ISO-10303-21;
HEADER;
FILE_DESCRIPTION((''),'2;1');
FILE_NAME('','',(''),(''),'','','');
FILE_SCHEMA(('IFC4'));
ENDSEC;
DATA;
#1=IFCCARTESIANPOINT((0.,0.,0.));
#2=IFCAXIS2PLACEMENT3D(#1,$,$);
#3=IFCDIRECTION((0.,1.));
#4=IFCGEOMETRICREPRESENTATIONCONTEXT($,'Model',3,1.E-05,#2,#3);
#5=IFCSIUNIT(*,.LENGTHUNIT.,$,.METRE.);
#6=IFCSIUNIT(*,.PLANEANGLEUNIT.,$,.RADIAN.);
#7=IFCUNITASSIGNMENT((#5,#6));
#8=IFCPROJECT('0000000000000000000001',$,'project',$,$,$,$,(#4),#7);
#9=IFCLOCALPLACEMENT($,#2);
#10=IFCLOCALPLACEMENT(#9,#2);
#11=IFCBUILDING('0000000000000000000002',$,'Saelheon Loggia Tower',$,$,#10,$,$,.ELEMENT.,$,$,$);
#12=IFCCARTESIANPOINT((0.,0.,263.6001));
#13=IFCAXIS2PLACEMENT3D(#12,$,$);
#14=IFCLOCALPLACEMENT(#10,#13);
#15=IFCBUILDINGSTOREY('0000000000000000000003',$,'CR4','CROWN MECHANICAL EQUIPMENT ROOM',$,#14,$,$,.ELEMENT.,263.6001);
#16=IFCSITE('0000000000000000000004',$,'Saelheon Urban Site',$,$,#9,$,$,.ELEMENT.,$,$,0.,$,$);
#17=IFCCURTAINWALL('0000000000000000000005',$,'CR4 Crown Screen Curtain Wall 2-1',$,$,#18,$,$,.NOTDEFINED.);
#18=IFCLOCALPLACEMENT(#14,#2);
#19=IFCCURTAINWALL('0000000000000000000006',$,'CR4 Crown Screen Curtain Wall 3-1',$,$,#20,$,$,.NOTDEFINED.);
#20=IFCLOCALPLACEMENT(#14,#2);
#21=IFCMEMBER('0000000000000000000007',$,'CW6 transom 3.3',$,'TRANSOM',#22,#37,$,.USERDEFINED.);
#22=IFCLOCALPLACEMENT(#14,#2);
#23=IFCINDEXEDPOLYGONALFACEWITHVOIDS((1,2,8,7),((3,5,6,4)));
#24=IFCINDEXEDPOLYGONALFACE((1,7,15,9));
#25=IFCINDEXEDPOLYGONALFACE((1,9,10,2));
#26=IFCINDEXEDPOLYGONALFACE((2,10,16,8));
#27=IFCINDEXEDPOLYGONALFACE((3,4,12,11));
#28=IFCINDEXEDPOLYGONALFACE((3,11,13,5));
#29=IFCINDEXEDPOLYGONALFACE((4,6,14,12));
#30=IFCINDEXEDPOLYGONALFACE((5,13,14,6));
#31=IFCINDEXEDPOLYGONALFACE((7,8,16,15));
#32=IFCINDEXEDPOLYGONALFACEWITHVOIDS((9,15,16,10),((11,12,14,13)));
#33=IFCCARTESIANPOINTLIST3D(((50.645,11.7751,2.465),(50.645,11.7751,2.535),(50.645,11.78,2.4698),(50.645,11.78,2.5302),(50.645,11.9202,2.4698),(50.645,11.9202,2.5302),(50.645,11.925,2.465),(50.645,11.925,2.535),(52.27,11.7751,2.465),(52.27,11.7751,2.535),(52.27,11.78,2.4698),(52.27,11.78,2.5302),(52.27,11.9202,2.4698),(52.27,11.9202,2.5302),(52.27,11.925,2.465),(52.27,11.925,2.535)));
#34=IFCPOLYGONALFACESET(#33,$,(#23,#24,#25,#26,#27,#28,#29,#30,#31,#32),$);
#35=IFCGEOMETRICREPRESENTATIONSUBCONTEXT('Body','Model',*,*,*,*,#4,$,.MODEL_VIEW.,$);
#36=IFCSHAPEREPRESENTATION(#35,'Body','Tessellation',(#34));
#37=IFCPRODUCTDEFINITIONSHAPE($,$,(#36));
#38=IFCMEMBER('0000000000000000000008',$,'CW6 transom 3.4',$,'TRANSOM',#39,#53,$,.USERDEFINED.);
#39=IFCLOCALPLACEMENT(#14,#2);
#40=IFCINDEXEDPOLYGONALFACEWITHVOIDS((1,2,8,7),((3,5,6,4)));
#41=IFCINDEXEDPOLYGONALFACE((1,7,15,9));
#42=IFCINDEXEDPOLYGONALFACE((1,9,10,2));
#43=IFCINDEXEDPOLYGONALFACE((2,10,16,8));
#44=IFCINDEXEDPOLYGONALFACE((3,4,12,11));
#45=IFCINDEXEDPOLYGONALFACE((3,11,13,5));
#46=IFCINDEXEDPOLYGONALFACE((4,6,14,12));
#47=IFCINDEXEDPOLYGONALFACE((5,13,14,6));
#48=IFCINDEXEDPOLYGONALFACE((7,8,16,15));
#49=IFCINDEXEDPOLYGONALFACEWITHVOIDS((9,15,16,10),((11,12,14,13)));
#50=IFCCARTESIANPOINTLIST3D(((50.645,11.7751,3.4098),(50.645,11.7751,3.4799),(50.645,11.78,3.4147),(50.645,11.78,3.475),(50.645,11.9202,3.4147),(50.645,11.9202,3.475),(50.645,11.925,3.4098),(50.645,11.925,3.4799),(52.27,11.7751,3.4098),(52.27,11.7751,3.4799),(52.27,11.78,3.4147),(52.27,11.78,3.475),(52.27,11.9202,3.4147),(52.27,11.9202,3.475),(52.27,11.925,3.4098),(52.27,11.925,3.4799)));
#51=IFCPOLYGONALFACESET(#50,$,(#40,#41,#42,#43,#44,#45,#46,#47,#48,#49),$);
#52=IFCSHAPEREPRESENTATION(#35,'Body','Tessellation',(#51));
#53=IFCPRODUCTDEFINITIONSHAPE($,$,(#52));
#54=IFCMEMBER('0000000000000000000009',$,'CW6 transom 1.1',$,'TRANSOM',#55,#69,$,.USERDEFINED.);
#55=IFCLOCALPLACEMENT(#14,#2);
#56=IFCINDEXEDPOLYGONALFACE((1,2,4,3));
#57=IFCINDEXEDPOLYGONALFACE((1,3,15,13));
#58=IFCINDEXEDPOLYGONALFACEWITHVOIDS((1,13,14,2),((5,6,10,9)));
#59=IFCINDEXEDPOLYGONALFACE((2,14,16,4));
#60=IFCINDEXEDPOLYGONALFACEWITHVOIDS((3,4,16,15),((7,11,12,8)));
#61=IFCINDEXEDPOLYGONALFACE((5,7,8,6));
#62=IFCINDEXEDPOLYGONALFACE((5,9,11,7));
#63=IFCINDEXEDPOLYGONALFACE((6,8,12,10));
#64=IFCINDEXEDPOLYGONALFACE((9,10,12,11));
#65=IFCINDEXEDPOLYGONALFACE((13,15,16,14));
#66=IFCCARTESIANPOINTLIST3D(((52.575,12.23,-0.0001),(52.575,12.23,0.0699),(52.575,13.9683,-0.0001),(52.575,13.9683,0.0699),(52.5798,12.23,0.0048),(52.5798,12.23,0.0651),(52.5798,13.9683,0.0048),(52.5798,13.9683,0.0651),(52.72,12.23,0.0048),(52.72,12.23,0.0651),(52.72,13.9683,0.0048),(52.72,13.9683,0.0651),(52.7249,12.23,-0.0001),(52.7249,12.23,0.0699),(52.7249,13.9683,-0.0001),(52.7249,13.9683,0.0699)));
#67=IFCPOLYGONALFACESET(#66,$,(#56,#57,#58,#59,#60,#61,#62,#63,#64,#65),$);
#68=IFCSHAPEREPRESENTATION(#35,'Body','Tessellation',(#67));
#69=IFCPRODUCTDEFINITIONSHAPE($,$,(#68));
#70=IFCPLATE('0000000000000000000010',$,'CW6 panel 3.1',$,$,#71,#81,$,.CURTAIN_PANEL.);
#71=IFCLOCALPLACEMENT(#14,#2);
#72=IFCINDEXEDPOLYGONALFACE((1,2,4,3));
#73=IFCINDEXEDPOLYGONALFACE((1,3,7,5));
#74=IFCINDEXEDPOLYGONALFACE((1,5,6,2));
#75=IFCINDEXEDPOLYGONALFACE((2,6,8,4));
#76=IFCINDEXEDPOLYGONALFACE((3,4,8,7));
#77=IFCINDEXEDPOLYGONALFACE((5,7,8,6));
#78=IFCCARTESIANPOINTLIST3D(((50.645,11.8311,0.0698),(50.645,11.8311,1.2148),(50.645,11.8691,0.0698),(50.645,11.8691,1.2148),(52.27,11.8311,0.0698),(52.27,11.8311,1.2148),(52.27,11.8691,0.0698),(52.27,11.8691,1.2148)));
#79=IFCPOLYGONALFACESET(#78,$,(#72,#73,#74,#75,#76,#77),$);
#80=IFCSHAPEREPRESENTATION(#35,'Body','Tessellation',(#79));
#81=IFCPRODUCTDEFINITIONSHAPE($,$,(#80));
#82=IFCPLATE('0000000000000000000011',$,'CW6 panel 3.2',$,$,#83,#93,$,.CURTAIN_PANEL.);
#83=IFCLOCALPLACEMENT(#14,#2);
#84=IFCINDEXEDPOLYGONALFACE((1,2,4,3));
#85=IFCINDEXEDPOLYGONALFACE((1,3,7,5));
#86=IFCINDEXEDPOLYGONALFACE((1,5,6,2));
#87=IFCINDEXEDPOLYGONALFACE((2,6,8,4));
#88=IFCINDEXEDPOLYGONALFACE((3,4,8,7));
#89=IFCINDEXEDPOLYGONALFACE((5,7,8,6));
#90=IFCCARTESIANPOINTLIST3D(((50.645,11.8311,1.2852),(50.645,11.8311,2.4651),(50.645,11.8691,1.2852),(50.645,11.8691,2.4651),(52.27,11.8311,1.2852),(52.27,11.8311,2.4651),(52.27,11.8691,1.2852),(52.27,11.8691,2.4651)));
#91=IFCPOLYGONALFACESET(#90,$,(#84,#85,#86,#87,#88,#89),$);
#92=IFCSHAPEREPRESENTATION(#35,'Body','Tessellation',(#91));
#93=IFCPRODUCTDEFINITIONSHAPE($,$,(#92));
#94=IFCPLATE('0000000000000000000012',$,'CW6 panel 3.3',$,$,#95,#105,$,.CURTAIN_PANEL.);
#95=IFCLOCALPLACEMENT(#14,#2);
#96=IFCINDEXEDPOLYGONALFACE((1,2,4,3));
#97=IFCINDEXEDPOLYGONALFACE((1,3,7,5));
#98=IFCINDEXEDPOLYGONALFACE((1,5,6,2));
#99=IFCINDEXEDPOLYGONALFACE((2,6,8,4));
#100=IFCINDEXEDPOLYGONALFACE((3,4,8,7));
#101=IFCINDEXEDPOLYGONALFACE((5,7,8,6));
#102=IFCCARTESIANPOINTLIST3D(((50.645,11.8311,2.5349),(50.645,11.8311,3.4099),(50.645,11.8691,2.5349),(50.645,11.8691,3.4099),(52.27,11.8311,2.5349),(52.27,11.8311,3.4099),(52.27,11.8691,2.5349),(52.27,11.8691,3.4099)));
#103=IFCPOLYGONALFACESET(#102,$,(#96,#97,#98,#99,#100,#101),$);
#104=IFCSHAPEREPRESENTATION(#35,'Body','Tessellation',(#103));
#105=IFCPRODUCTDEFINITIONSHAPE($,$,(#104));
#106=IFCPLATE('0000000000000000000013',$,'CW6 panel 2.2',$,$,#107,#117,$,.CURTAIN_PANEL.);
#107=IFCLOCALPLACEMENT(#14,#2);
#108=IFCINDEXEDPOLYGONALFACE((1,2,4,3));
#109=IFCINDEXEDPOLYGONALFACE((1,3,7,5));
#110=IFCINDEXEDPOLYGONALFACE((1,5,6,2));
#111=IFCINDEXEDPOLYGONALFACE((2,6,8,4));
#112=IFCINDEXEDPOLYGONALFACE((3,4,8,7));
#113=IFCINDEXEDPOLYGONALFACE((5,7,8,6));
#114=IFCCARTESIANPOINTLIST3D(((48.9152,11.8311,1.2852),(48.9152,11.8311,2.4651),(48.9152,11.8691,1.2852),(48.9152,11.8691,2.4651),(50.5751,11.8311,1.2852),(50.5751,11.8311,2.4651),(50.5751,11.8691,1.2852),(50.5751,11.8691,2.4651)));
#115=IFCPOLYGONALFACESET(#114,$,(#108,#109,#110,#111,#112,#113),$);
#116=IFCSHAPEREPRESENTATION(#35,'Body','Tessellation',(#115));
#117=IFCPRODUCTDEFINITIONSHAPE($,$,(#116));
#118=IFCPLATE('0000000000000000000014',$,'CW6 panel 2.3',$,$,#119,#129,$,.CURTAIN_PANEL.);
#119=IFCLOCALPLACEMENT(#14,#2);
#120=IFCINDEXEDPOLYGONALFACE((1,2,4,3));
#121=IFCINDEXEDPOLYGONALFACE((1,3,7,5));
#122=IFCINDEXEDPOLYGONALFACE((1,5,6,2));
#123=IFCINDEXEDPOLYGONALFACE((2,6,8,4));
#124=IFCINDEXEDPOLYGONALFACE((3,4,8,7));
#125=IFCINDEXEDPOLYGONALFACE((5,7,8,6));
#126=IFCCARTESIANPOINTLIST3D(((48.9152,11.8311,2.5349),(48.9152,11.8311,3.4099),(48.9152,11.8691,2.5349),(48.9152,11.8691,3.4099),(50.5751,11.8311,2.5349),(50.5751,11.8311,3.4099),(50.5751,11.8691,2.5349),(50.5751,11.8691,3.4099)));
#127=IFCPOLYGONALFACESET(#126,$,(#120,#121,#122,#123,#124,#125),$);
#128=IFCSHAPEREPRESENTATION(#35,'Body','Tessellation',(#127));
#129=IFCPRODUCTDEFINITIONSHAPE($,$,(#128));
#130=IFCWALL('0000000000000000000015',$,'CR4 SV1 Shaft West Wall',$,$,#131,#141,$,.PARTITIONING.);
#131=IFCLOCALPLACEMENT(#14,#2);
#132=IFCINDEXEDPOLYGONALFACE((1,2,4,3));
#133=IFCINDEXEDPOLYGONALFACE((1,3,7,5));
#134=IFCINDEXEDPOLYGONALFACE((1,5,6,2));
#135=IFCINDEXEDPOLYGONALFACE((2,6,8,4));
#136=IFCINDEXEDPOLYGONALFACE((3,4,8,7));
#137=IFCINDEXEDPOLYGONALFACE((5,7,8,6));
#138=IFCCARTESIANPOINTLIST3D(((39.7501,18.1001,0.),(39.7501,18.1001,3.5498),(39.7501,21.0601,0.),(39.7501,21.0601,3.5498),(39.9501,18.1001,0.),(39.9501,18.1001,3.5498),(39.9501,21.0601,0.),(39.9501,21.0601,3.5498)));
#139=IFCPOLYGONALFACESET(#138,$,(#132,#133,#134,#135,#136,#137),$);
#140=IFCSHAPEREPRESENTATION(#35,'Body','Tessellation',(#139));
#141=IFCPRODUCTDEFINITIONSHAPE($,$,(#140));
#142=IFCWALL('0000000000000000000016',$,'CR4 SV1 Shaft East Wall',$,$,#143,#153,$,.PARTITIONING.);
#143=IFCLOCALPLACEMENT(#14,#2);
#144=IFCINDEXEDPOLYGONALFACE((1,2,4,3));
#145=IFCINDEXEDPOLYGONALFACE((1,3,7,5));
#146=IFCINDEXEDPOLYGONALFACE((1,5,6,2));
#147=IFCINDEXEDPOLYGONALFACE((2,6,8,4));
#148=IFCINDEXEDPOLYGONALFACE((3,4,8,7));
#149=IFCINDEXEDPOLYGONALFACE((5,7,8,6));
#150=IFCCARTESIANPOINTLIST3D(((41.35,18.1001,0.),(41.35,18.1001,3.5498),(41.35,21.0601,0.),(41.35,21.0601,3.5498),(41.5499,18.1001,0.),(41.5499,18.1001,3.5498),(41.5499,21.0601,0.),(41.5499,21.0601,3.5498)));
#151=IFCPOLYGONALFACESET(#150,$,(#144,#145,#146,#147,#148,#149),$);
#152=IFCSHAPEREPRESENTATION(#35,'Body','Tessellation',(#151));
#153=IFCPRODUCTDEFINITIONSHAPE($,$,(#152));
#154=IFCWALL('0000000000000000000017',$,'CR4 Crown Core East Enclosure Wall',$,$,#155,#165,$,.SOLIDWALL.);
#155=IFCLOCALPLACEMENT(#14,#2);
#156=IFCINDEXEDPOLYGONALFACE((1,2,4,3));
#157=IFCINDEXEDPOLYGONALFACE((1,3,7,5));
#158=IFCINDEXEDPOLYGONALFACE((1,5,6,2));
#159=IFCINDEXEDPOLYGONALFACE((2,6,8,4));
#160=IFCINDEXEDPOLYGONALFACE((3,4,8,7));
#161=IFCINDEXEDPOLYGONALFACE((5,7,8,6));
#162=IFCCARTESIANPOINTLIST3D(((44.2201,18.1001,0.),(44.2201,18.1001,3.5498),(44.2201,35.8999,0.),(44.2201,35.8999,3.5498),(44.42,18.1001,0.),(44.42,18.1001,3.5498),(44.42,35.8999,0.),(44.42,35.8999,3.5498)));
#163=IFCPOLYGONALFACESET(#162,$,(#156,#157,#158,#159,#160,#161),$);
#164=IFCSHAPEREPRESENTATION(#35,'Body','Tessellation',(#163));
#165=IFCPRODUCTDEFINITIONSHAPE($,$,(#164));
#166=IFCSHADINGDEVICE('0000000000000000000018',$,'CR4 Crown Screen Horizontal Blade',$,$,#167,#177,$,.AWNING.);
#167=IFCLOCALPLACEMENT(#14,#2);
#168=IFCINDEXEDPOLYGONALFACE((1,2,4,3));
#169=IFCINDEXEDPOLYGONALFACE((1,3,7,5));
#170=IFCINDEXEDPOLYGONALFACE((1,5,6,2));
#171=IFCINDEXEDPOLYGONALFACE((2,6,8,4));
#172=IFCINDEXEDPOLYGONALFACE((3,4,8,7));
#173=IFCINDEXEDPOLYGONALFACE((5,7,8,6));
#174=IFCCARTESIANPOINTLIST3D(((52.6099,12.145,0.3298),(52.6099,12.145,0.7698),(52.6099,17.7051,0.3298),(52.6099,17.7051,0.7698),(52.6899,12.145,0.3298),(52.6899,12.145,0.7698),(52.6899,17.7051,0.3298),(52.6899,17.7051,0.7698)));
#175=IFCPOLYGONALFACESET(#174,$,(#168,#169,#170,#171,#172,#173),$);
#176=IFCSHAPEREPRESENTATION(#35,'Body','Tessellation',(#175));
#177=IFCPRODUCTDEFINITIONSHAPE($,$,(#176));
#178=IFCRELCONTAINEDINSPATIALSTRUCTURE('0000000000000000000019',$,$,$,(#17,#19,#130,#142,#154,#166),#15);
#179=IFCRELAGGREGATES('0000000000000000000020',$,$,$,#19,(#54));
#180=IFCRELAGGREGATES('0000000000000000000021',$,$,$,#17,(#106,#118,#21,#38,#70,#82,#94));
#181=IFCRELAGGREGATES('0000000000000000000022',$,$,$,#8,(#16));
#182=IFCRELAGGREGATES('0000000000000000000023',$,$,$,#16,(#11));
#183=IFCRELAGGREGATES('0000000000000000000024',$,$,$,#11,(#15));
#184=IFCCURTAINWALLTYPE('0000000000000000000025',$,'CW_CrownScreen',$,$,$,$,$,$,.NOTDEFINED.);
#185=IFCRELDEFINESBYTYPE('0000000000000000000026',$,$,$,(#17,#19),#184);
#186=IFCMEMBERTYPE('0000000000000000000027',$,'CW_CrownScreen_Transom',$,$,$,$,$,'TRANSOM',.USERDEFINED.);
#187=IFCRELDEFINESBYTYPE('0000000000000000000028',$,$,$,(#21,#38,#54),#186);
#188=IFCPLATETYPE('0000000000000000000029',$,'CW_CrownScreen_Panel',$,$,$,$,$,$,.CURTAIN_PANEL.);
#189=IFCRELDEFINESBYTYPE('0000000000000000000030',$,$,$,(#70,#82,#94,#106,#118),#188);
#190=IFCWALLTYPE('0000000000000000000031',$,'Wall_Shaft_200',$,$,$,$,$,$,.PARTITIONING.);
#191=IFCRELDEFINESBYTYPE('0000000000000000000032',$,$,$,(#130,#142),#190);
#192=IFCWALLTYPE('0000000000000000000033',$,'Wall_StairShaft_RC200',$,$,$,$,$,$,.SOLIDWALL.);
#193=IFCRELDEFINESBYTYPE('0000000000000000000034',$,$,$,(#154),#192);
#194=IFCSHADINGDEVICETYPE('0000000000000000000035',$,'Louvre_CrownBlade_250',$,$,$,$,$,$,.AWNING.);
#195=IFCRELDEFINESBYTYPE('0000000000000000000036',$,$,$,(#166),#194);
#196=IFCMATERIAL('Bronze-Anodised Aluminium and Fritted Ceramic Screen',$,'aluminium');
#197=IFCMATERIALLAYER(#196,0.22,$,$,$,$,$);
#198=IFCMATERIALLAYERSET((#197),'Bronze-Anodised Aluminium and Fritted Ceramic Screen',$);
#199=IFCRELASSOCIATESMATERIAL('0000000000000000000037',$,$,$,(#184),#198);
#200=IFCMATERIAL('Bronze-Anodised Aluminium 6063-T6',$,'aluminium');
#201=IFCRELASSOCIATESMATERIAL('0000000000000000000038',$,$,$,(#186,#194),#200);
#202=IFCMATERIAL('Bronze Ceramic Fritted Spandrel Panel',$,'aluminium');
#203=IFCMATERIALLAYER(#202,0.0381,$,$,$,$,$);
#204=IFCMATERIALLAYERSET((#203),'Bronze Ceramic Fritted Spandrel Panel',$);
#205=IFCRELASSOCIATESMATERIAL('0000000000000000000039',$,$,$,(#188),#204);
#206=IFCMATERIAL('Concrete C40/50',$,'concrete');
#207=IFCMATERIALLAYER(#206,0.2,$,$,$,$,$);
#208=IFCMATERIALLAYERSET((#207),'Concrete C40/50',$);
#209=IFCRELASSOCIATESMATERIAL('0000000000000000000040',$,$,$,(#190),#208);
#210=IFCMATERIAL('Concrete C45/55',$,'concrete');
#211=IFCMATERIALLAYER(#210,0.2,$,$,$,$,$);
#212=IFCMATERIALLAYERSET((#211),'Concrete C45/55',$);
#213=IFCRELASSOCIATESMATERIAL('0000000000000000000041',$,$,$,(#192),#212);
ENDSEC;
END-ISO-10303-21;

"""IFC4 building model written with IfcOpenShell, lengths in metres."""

from ifc_helpers import new_model, si_unit, direction, frame, frame_2d, origin, origin_2d, place, context, subcontext, project, spatial, rectangle, hollow_rectangle, extrude, source, transform, mapped, material, layer, layer_set, material_profile, profile_set, type_object, element, aggregate, save


model = new_model("IFC4")

# Units and contexts
model_context = context("Model", 3, precision=1e-05, world=origin(), true_north=direction((0.0, 1.0)))
body_context = subcontext(model_context, "Body", "Model", "MODEL_VIEW")
ifc_project = project(units=[si_unit("LENGTHUNIT", "METRE"), si_unit("PLANEANGLEUNIT", "RADIAN")], contexts=[model_context])

# Site, building, storey
site_placement = place(None, origin())
site = spatial("IfcSite", under=ifc_project, at=site_placement, Name="Saelheon Urban Site", CompositionType="ELEMENT", RefElevation=0.0)
building_placement = place(site_placement, origin())
building = spatial("IfcBuilding", under=site, at=building_placement, Name="Saelheon Loggia Tower", CompositionType="ELEMENT")
storey_placement = place(building_placement, frame((0.0, 0.0, 263.6001)))
storey = spatial("IfcBuildingStorey", under=building, at=storey_placement, Name="CR4", Description="CROWN MECHANICAL EQUIPMENT ROOM", CompositionType="ELEMENT", Elevation=263.6001)

# Curtain wall
ifc_material_1 = material(Name="Bronze-Anodised Aluminium and Fritted Ceramic Screen", Category="aluminium")
ifc_layer_1 = layer(ifc_material_1, 0.22)
ifc_layer_set_1 = layer_set([ifc_layer_1], Name="Bronze-Anodised Aluminium and Fritted Ceramic Screen")
curtain_wall_type = type_object("IfcCurtainWallType", Name="CW_CrownScreen", PredefinedType="NOTDEFINED", material=ifc_layer_set_1)
curtain_wall_1_placement = place(storey_placement, origin())
curtain_wall_1 = element("IfcCurtainWall", 1, at=curtain_wall_1_placement, inside=storey, type_object=curtain_wall_type, Name="CR4 Crown Screen Curtain Wall 2-1", PredefinedType="NOTDEFINED")
ifc_material_2 = material(Name="Bronze-Anodised Aluminium 6063-T6", Category="aluminium")

# Curtain wall
curtain_wall_2_placement = place(storey_placement, origin())
curtain_wall_2 = element("IfcCurtainWall", 2, at=curtain_wall_2_placement, inside=storey, type_object=curtain_wall_type, Name="CR4 Crown Screen Curtain Wall 3-1", PredefinedType="NOTDEFINED")

# Members
ifc_material_profile_1 = material_profile(ifc_material_2, hollow_rectangle(XDim=0.0701, YDim=0.1499, WallThickness=0.0049, at=origin_2d()), Name="RHS-150x70x5")
ifc_profile_set_1 = profile_set([ifc_material_profile_1], Name="Bronze-Anodised Aluminium 6063-T6")
member_type_1 = type_object("IfcMemberType", Name="CW_CrownScreen_Transom", ElementType="TRANSOM", PredefinedType="USERDEFINED", material=ifc_profile_set_1)
shared_shape_1 = source(origin(), body_context, "Body", "SweptSolid", [
    extrude(hollow_rectangle(XDim=0.0701, YDim=0.1499, WallThickness=0.0049, at=origin_2d()), origin(), (0.0, 0.0, 1.0), 1.625),
])
member_1_placement = place(storey_placement, frame((50.645, 11.8501, 2.5), z_axis=(1.0, 0.0, 0.0), x_axis=(0.0, 0.0, 1.0)))
member_1 = element("IfcMember", 3, at=member_1_placement, type_object=member_type_1, Name="CW6 transom 3.3", ObjectType="TRANSOM", PredefinedType="USERDEFINED", context=body_context, shape_type="MappedRepresentation", body=[
    mapped(shared_shape_1, transform((0.0, 0.0, 0.0), scale=1.0)),
])
member_2_placement = place(storey_placement, frame((50.645, 11.8501, 3.4448), z_axis=(1.0, 0.0, 0.0), x_axis=(0.0, 0.0, 1.0)))
member_2 = element("IfcMember", 4, at=member_2_placement, type_object=member_type_1, Name="CW6 transom 3.4", ObjectType="TRANSOM", PredefinedType="USERDEFINED", context=body_context, shape_type="MappedRepresentation", body=[
    mapped(shared_shape_1, transform((0.0, 0.0, 0.0), scale=1.0)),
])
shared_shape_2 = source(origin(), body_context, "Body", "SweptSolid", [
    extrude(hollow_rectangle(XDim=0.0701, YDim=0.1499, WallThickness=0.0049, at=origin_2d()), origin(), (0.0, 0.0, 1.0), 1.7383),
])
member_3_placement = place(storey_placement, frame((52.6499, 12.23, 0.0349), z_axis=(0.0, 1.0, 0.0), x_axis=(0.0, 0.0, 1.0)))
member_3 = element("IfcMember", 5, at=member_3_placement, type_object=member_type_1, Name="CW6 transom 1.1", ObjectType="TRANSOM", PredefinedType="USERDEFINED", context=body_context, shape_type="MappedRepresentation", body=[
    mapped(shared_shape_2, transform((0.0, 0.0, 0.0), scale=1.0)),
])
aggregate(curtain_wall_2, [member_3])

# Plates
ifc_material_3 = material(Name="Bronze Ceramic Fritted Spandrel Panel", Category="aluminium")
ifc_layer_2 = layer(ifc_material_3, 0.0381)
ifc_layer_set_2 = layer_set([ifc_layer_2], Name="Bronze Ceramic Fritted Spandrel Panel")
plate_type = type_object("IfcPlateType", Name="CW_CrownScreen_Panel", PredefinedType="CURTAIN_PANEL", material=ifc_layer_set_2)
shared_shape_3 = source(origin(), body_context, "Body", "SweptSolid", [
    extrude(rectangle(XDim=1.625, YDim=0.0381, at=origin_2d()), origin(), (0.0, 0.0, 1.0), 1.145),
])
plate_1_placement = place(storey_placement, frame((51.4575, 11.8501, 0.0698), z_axis=(0.0, 0.0, 1.0), x_axis=(1.0, 0.0, 0.0)))
plate_1 = element("IfcPlate", 6, at=plate_1_placement, type_object=plate_type, Name="CW6 panel 3.1", PredefinedType="CURTAIN_PANEL", context=body_context, shape_type="MappedRepresentation", body=[
    mapped(shared_shape_3, transform((0.0, 0.0, 0.0), scale=1.0)),
])
shared_shape_4 = source(origin(), body_context, "Body", "SweptSolid", [
    extrude(rectangle(XDim=1.625, YDim=0.0381, at=origin_2d()), origin(), (0.0, 0.0, 1.0), 1.1799),
])
plate_2_placement = place(storey_placement, frame((51.4575, 11.8501, 1.2852), z_axis=(0.0, 0.0, 1.0), x_axis=(1.0, 0.0, 0.0)))
plate_2 = element("IfcPlate", 7, at=plate_2_placement, type_object=plate_type, Name="CW6 panel 3.2", PredefinedType="CURTAIN_PANEL", context=body_context, shape_type="MappedRepresentation", body=[
    mapped(shared_shape_4, transform((0.0, 0.0, 0.0), scale=1.0)),
])
shared_shape_5 = source(origin(), body_context, "Body", "SweptSolid", [
    extrude(rectangle(XDim=1.625, YDim=0.0381, at=origin_2d()), origin(), (0.0, 0.0, 1.0), 0.875),
])
plate_3_placement = place(storey_placement, frame((51.4575, 11.8501, 2.5349), z_axis=(0.0, 0.0, 1.0), x_axis=(1.0, 0.0, 0.0)))
plate_3 = element("IfcPlate", 8, at=plate_3_placement, type_object=plate_type, Name="CW6 panel 3.3", PredefinedType="CURTAIN_PANEL", context=body_context, shape_type="MappedRepresentation", body=[
    mapped(shared_shape_5, transform((0.0, 0.0, 0.0), scale=1.0)),
])
shared_shape_6 = source(origin(), body_context, "Body", "SweptSolid", [
    extrude(rectangle(XDim=1.6599, YDim=0.0381, at=origin_2d()), origin(), (0.0, 0.0, 1.0), 1.1799),
])
plate_4_placement = place(storey_placement, frame((49.7451, 11.8501, 1.2852), z_axis=(0.0, 0.0, 1.0), x_axis=(1.0, 0.0, 0.0)))
plate_4 = element("IfcPlate", 9, at=plate_4_placement, type_object=plate_type, Name="CW6 panel 2.2", PredefinedType="CURTAIN_PANEL", context=body_context, shape_type="MappedRepresentation", body=[
    mapped(shared_shape_6, transform((0.0, 0.0, 0.0), scale=1.0)),
])
shared_shape_7 = source(origin(), body_context, "Body", "SweptSolid", [
    extrude(rectangle(XDim=1.6599, YDim=0.0381, at=origin_2d()), origin(), (0.0, 0.0, 1.0), 0.875),
])
plate_5_placement = place(storey_placement, frame((49.7451, 11.8501, 2.5349), z_axis=(0.0, 0.0, 1.0), x_axis=(1.0, 0.0, 0.0)))
plate_5 = element("IfcPlate", 10, at=plate_5_placement, type_object=plate_type, Name="CW6 panel 2.3", PredefinedType="CURTAIN_PANEL", context=body_context, shape_type="MappedRepresentation", body=[
    mapped(shared_shape_7, transform((0.0, 0.0, 0.0), scale=1.0)),
])
aggregate(curtain_wall_1, [plate_4, plate_5, member_1, member_2, plate_1, plate_2, plate_3])

# Walls
ifc_material_4 = material(Name="Concrete C40/50", Category="concrete")
ifc_layer_3 = layer(ifc_material_4, 0.2)
ifc_layer_set_3 = layer_set([ifc_layer_3], Name="Concrete C40/50")
wall_type_1 = type_object("IfcWallType", Name="Wall_Shaft_200", PredefinedType="PARTITIONING", material=ifc_layer_set_3)
for number, where, z_axis, x_axis, name in (
    (11, (39.8501, 18.1001, 0.0), (0.0, 0.0, 1.0), (0.0, 1.0, 0.0), "CR4 SV1 Shaft West Wall"),
    (12, (41.45, 18.1001, 0.0), (0.0, 0.0, 1.0), (0.0, 1.0, 0.0), "CR4 SV1 Shaft East Wall"),
):
    element("IfcWall", number, at=place(storey_placement, frame(where, z_axis=z_axis, x_axis=x_axis)), inside=storey, type_object=wall_type_1, Name=name, PredefinedType="PARTITIONING", context=body_context, shape_type="SweptSolid", body=[
        extrude(rectangle(XDim=2.96, YDim=0.2, at=frame_2d((1.48, 0.0))), origin(), (0.0, 0.0, 1.0), 3.5498),
    ])
ifc_material_5 = material(Name="Concrete C45/55", Category="concrete")
ifc_layer_4 = layer(ifc_material_5, 0.2)
ifc_layer_set_4 = layer_set([ifc_layer_4], Name="Concrete C45/55")
wall_type_2 = type_object("IfcWallType", Name="Wall_StairShaft_RC200", PredefinedType="SOLIDWALL", material=ifc_layer_set_4)
wall_placement = place(storey_placement, frame((44.3201, 18.1001, 0.0), z_axis=(0.0, 0.0, 1.0), x_axis=(0.0, 1.0, 0.0)))
element("IfcWall", 13, at=wall_placement, inside=storey, type_object=wall_type_2, Name="CR4 Crown Core East Enclosure Wall", PredefinedType="SOLIDWALL", context=body_context, shape_type="SweptSolid", body=[
    extrude(rectangle(XDim=17.7998, YDim=0.2, at=frame_2d((8.8999, 0.0))), origin(), (0.0, 0.0, 1.0), 3.5498),
])

# Shading device
ifc_material_profile_2 = material_profile(ifc_material_2, rectangle(XDim=0.0801, YDim=0.4399, at=origin_2d()), Name="Louvre_CrownBlade_250")
ifc_profile_set_2 = profile_set([ifc_material_profile_2], Name="Bronze-Anodised Aluminium 6063-T6")
shading_device_type = type_object("IfcShadingDeviceType", Name="Louvre_CrownBlade_250", PredefinedType="AWNING", material=ifc_profile_set_2)
shared_shape_8 = source(origin(), body_context, "Body", "SweptSolid", [
    extrude(rectangle(XDim=0.0801, YDim=0.4399, at=origin_2d()), origin(), (0.0, 0.0, 1.0), 5.5601),
])
for number, where, z_axis, x_axis, name in (
    (14, (52.6499, 12.145, 0.5498), (0.0, 1.0, 0.0), (-1.0, 0.0, 0.0), "CR4 Crown Screen Horizontal Blade"),
):
    element("IfcShadingDevice", number, at=place(storey_placement, frame(where, z_axis=z_axis, x_axis=x_axis)), inside=storey, type_object=shading_device_type, Name=name, PredefinedType="AWNING", context=body_context, shape_type="MappedRepresentation", body=[
        mapped(shared_shape_8, transform((0.0, 0.0, 0.0), scale=1.0)),
    ])

save(model, "model.ifc")
